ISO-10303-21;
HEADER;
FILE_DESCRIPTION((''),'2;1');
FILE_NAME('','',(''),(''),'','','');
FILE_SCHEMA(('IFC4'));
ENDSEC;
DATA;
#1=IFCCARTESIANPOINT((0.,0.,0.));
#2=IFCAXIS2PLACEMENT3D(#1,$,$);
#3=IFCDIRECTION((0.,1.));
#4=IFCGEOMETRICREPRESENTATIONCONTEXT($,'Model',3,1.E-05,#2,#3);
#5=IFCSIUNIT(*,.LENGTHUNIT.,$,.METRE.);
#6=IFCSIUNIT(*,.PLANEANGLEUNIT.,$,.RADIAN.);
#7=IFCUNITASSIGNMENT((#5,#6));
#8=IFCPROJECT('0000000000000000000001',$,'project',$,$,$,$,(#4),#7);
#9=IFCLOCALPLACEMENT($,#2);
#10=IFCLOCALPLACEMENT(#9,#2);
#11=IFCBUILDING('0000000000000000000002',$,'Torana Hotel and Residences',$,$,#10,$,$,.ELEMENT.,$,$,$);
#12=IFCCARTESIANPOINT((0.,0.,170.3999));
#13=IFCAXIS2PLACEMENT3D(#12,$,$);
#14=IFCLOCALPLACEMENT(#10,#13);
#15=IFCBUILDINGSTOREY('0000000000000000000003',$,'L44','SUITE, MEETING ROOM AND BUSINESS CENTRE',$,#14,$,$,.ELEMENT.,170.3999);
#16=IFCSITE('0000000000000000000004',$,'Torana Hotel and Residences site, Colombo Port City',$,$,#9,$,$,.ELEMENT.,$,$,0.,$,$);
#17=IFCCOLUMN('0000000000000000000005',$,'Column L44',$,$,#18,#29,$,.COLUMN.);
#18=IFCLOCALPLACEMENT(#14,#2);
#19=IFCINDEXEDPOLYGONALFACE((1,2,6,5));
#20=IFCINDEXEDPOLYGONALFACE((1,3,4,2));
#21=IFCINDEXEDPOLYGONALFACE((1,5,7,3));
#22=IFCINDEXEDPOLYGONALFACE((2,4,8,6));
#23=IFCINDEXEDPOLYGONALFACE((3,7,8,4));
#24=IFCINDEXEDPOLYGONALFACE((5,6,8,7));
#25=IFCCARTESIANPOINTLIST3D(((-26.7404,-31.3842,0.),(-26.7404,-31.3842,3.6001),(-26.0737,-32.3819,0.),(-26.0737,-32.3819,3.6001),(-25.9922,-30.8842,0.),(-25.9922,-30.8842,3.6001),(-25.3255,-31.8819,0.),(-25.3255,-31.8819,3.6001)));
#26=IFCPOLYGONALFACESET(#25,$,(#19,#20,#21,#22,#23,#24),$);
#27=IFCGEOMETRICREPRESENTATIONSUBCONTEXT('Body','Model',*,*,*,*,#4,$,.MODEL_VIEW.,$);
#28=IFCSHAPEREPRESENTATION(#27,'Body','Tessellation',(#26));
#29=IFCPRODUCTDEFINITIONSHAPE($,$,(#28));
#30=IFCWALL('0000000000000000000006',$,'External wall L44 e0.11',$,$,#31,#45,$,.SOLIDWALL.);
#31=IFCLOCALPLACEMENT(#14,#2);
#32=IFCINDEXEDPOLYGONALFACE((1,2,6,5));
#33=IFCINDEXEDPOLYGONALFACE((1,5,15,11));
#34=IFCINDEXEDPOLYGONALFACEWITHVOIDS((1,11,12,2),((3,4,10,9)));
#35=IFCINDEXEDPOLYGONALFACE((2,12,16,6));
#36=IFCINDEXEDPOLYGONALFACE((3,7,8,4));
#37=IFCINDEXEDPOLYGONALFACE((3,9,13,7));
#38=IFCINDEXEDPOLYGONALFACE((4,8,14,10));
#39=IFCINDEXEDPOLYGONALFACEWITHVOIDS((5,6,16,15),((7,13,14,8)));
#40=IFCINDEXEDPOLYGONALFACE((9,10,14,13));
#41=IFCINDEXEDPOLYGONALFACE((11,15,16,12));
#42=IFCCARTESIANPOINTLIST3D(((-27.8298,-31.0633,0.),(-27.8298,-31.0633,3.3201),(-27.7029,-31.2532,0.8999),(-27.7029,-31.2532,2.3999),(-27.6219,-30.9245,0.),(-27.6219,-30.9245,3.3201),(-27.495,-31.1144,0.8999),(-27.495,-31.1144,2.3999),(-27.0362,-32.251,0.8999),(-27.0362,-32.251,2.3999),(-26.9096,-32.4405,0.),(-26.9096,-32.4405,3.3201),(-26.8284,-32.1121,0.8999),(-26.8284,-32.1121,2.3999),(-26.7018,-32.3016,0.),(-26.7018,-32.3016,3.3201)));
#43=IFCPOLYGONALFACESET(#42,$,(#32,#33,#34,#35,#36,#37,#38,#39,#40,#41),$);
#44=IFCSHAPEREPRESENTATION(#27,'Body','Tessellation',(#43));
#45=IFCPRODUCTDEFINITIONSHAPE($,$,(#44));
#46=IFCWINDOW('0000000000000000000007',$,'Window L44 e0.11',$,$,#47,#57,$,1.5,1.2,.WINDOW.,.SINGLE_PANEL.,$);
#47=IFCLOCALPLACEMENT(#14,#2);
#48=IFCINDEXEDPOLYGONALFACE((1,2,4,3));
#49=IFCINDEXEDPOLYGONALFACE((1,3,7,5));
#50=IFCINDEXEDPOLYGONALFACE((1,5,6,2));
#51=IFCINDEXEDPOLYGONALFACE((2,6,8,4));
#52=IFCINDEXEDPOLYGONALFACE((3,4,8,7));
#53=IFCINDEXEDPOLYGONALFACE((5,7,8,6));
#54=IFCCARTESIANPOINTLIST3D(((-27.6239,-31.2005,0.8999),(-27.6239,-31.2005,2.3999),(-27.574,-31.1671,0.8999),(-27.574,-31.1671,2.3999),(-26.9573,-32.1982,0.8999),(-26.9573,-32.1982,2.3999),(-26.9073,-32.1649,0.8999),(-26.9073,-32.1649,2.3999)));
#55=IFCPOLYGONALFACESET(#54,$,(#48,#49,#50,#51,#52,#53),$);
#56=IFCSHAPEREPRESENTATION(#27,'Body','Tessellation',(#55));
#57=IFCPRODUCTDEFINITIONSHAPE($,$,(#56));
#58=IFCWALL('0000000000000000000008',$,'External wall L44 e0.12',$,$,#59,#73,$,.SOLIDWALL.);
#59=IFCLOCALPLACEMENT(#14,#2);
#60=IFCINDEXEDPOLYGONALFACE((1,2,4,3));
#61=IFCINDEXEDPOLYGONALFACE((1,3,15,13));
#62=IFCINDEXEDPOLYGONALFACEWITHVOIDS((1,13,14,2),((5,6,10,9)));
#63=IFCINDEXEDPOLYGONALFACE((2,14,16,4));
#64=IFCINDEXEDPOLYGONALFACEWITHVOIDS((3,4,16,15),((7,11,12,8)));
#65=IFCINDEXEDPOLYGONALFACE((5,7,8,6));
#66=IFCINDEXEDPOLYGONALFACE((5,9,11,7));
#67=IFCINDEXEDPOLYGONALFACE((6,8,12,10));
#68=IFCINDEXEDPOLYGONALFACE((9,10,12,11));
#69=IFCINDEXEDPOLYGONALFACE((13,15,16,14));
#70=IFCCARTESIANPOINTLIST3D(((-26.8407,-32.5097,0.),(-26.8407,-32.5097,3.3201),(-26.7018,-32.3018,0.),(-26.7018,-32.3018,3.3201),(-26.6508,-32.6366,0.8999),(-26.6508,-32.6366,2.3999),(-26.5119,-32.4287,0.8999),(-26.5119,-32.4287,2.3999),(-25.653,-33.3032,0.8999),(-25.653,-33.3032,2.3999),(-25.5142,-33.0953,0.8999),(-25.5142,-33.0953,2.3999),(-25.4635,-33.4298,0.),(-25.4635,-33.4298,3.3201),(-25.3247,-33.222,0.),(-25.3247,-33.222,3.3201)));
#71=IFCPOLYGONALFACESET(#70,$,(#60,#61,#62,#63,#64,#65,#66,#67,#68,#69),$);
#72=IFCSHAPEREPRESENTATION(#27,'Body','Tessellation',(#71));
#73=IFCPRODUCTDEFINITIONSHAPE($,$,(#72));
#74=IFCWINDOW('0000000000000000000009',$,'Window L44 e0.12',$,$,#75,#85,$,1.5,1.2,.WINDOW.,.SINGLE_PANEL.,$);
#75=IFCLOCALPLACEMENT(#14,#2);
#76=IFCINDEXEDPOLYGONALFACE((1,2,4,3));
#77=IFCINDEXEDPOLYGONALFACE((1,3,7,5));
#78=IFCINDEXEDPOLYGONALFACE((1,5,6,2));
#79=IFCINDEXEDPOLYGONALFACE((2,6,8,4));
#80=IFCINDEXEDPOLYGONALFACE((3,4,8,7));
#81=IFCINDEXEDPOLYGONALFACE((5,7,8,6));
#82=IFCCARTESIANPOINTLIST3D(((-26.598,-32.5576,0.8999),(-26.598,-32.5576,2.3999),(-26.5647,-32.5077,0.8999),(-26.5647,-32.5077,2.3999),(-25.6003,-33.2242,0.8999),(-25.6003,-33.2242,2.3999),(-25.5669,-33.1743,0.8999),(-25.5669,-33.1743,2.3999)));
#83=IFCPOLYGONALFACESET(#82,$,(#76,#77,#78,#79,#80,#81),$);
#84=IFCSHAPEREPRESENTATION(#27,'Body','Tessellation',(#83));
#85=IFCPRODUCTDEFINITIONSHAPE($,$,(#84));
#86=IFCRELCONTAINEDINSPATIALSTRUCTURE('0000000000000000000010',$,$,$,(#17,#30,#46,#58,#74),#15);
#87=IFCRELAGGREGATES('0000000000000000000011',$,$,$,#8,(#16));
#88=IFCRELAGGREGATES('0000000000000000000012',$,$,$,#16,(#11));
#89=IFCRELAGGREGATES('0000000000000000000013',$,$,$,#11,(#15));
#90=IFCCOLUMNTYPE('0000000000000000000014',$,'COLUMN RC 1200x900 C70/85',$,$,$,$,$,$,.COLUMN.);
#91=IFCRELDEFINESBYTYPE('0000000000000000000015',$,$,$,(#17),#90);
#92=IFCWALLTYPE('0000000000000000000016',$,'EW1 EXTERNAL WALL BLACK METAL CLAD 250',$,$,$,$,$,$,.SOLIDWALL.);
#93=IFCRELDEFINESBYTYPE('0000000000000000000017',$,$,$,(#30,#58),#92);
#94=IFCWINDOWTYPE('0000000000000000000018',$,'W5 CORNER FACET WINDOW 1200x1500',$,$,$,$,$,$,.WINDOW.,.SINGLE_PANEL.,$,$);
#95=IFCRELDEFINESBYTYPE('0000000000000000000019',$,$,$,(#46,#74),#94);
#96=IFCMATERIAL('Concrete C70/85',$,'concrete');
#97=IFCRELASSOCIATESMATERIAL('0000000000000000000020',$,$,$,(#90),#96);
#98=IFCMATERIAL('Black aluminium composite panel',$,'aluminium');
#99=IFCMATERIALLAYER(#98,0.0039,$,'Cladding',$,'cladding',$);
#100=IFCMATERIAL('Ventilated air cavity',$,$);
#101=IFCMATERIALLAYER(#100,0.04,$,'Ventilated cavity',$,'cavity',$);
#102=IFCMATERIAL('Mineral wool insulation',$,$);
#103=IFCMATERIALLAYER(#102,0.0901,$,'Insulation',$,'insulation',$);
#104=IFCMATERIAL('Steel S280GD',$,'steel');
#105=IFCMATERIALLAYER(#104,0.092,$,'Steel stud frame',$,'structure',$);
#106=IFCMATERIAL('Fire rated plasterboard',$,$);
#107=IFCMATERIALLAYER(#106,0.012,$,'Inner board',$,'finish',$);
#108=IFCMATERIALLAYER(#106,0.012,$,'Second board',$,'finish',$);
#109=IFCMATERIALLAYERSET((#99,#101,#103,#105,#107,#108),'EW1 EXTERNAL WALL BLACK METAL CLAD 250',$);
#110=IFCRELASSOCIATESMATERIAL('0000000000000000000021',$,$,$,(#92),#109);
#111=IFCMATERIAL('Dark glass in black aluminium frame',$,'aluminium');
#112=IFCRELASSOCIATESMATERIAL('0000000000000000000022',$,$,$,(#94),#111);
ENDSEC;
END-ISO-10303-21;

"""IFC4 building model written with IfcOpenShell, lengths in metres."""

from ifc_helpers import new_model, si_unit, direction, frame, frame_2d, origin, origin_2d, place, context, subcontext, project, spatial, rectangle, extrude, material, layer, layer_set, material_profile, profile_set, type_object, element, fill, save


model = new_model("IFC4")

# Units and contexts
model_context = context("Model", 3, precision=1e-05, world=origin(), true_north=direction((0.0, 1.0)))
body_context = subcontext(model_context, "Body", "Model", "MODEL_VIEW")
ifc_project = project(units=[si_unit("LENGTHUNIT", "METRE"), si_unit("PLANEANGLEUNIT", "RADIAN")], contexts=[model_context])

# Site, building, storey
site_placement = place(None, origin())
site = spatial("IfcSite", under=ifc_project, at=site_placement, Name="Torana Hotel and Residences site, Colombo Port City", CompositionType="ELEMENT", RefElevation=0.0)
building_placement = place(site_placement, origin())
building = spatial("IfcBuilding", under=site, at=building_placement, Name="Torana Hotel and Residences", CompositionType="ELEMENT")
storey_placement = place(building_placement, frame((0.0, 0.0, 170.3999)))
storey = spatial("IfcBuildingStorey", under=building, at=storey_placement, Name="L44", Description="SUITE, MEETING ROOM AND BUSINESS CENTRE", CompositionType="ELEMENT", Elevation=170.3999)

# Column
ifc_material_1 = material(Name="Concrete C70/85", Category="concrete")
ifc_material_profile = material_profile(ifc_material_1, rectangle(XDim=1.2, YDim=0.8999, at=origin_2d()), Name="RC 1200x900")
ifc_profile_set = profile_set([ifc_material_profile], Name="Concrete C70/85")
column_type = type_object("IfcColumnType", Name="COLUMN RC 1200x900 C70/85", PredefinedType="COLUMN", material=ifc_profile_set)
column_placement = place(storey_placement, frame((-26.033, -31.6331, 0.0), z_axis=(0.0, 0.0, 1.0), x_axis=(-0.555585, 0.83146, 0.0)))
element("IfcColumn", 1, at=column_placement, inside=storey, type_object=column_type, Name="Column L44", PredefinedType="COLUMN", context=body_context, shape_type="SweptSolid", body=[
    extrude(rectangle(XDim=1.2, YDim=0.8999, at=origin_2d()), origin(), (0.0, 0.0, 1.0), 3.6001),
])

# Walls, openings, windows
ifc_material_2 = material(Name="Black aluminium composite panel", Category="aluminium")
ifc_layer_1 = layer(ifc_material_2, 0.0039, Name="Cladding", Category="cladding")
ifc_material_3 = material(Name="Ventilated air cavity")
ifc_layer_2 = layer(ifc_material_3, 0.04, Name="Ventilated cavity", Category="cavity")
ifc_material_4 = material(Name="Mineral wool insulation")
ifc_layer_3 = layer(ifc_material_4, 0.0901, Name="Insulation", Category="insulation")
ifc_material_5 = material(Name="Steel S280GD", Category="steel")
ifc_layer_4 = layer(ifc_material_5, 0.092, Name="Steel stud frame", Category="structure")
ifc_material_6 = material(Name="Fire rated plasterboard")
ifc_layer_5 = layer(ifc_material_6, 0.012, Name="Inner board", Category="finish")
ifc_layer_6 = layer(ifc_material_6, 0.012, Name="Second board", Category="finish")
ifc_layer_set = layer_set([ifc_layer_1, ifc_layer_2, ifc_layer_3, ifc_layer_4, ifc_layer_5, ifc_layer_6], Name="EW1 EXTERNAL WALL BLACK METAL CLAD 250")
wall_type = type_object("IfcWallType", Name="EW1 EXTERNAL WALL BLACK METAL CLAD 250", PredefinedType="SOLIDWALL", material=ifc_layer_set)
wall_1_placement = place(storey_placement, frame((-27.7258, -30.9939, 0.0), z_axis=(0.0, 0.0, 1.0), x_axis=(0.55555, -0.831483, 0.0)))
wall_1 = element("IfcWall", 2, at=wall_1_placement, inside=storey, type_object=wall_type, Name="External wall L44 e0.11", PredefinedType="SOLIDWALL", context=body_context, shape_type="SweptSolid", body=[
    extrude(rectangle(XDim=1.6562, YDim=0.25, at=frame_2d((0.8281, 0.0))), origin(), (0.0, 0.0, 1.0), 3.3201),
])
opening_1_placement = place(wall_1_placement, frame((0.2283, 0.0, 0.8999)))
opening_1 = element("IfcOpeningElement", 3, at=opening_1_placement, cuts=wall_1, PredefinedType="OPENING", context=body_context, shape_type="SweptSolid", body=[
    extrude(rectangle(XDim=1.2, YDim=1.5, at=frame_2d((0.6001, 0.75))), frame((0.0, 0.135, 0.0), z_axis=(0.0, -1.0, 0.0), x_axis=(1.0, 0.0, 0.0)), (0.0, 0.0, 1.0), 0.27),
])
ifc_material_7 = material(Name="Dark glass in black aluminium frame", Category="aluminium")
window_type = type_object("IfcWindowType", Name="W5 CORNER FACET WINDOW 1200x1500", PartitioningType="SINGLE_PANEL", PredefinedType="WINDOW", material=ifc_material_7)
window_1_placement = place(opening_1_placement, origin())
window_1 = element("IfcWindow", 4, at=window_1_placement, inside=storey, type_object=window_type, Name="Window L44 e0.11", OverallHeight=1.5, OverallWidth=1.2, PartitioningType="SINGLE_PANEL", PredefinedType="WINDOW", context=body_context, shape_type="SweptSolid", body=[
    extrude(rectangle(XDim=1.2, YDim=1.5, at=frame_2d((0.6001, 0.75))), frame((0.0, 0.03, 0.0), z_axis=(0.0, -1.0, 0.0), x_axis=(1.0, 0.0, 0.0)), (0.0, 0.0, 1.0), 0.0601),
])
fill(opening_1, window_1)
wall_2_placement = place(storey_placement, frame((-26.7712, -32.4058, 0.0), z_axis=(0.0, 0.0, 1.0), x_axis=(0.831483, -0.55555, 0.0)))
wall_2 = element("IfcWall", 5, at=wall_2_placement, inside=storey, type_object=wall_type, Name="External wall L44 e0.12", PredefinedType="SOLIDWALL", context=body_context, shape_type="SweptSolid", body=[
    extrude(rectangle(XDim=1.6562, YDim=0.25, at=frame_2d((0.8281, 0.0))), origin(), (0.0, 0.0, 1.0), 3.3201),
])
opening_2_placement = place(wall_2_placement, frame((0.2283, 0.0, 0.8999)))
opening_2 = element("IfcOpeningElement", 6, at=opening_2_placement, cuts=wall_2, PredefinedType="OPENING", context=body_context, shape_type="SweptSolid", body=[
    extrude(rectangle(XDim=1.2, YDim=1.5, at=frame_2d((0.6001, 0.75))), frame((0.0, 0.135, 0.0), z_axis=(0.0, -1.0, 0.0), x_axis=(1.0, 0.0, 0.0)), (0.0, 0.0, 1.0), 0.27),
])
window_2_placement = place(opening_2_placement, origin())
window_2 = element("IfcWindow", 7, at=window_2_placement, inside=storey, type_object=window_type, Name="Window L44 e0.12", OverallHeight=1.5, OverallWidth=1.2, PartitioningType="SINGLE_PANEL", PredefinedType="WINDOW", context=body_context, shape_type="SweptSolid", body=[
    extrude(rectangle(XDim=1.2, YDim=1.5, at=frame_2d((0.6001, 0.75))), frame((0.0, 0.03, 0.0), z_axis=(0.0, -1.0, 0.0), x_axis=(1.0, 0.0, 0.0)), (0.0, 0.0, 1.0), 0.0601),
])
fill(opening_2, window_2)

save(model, "model.ifc")
